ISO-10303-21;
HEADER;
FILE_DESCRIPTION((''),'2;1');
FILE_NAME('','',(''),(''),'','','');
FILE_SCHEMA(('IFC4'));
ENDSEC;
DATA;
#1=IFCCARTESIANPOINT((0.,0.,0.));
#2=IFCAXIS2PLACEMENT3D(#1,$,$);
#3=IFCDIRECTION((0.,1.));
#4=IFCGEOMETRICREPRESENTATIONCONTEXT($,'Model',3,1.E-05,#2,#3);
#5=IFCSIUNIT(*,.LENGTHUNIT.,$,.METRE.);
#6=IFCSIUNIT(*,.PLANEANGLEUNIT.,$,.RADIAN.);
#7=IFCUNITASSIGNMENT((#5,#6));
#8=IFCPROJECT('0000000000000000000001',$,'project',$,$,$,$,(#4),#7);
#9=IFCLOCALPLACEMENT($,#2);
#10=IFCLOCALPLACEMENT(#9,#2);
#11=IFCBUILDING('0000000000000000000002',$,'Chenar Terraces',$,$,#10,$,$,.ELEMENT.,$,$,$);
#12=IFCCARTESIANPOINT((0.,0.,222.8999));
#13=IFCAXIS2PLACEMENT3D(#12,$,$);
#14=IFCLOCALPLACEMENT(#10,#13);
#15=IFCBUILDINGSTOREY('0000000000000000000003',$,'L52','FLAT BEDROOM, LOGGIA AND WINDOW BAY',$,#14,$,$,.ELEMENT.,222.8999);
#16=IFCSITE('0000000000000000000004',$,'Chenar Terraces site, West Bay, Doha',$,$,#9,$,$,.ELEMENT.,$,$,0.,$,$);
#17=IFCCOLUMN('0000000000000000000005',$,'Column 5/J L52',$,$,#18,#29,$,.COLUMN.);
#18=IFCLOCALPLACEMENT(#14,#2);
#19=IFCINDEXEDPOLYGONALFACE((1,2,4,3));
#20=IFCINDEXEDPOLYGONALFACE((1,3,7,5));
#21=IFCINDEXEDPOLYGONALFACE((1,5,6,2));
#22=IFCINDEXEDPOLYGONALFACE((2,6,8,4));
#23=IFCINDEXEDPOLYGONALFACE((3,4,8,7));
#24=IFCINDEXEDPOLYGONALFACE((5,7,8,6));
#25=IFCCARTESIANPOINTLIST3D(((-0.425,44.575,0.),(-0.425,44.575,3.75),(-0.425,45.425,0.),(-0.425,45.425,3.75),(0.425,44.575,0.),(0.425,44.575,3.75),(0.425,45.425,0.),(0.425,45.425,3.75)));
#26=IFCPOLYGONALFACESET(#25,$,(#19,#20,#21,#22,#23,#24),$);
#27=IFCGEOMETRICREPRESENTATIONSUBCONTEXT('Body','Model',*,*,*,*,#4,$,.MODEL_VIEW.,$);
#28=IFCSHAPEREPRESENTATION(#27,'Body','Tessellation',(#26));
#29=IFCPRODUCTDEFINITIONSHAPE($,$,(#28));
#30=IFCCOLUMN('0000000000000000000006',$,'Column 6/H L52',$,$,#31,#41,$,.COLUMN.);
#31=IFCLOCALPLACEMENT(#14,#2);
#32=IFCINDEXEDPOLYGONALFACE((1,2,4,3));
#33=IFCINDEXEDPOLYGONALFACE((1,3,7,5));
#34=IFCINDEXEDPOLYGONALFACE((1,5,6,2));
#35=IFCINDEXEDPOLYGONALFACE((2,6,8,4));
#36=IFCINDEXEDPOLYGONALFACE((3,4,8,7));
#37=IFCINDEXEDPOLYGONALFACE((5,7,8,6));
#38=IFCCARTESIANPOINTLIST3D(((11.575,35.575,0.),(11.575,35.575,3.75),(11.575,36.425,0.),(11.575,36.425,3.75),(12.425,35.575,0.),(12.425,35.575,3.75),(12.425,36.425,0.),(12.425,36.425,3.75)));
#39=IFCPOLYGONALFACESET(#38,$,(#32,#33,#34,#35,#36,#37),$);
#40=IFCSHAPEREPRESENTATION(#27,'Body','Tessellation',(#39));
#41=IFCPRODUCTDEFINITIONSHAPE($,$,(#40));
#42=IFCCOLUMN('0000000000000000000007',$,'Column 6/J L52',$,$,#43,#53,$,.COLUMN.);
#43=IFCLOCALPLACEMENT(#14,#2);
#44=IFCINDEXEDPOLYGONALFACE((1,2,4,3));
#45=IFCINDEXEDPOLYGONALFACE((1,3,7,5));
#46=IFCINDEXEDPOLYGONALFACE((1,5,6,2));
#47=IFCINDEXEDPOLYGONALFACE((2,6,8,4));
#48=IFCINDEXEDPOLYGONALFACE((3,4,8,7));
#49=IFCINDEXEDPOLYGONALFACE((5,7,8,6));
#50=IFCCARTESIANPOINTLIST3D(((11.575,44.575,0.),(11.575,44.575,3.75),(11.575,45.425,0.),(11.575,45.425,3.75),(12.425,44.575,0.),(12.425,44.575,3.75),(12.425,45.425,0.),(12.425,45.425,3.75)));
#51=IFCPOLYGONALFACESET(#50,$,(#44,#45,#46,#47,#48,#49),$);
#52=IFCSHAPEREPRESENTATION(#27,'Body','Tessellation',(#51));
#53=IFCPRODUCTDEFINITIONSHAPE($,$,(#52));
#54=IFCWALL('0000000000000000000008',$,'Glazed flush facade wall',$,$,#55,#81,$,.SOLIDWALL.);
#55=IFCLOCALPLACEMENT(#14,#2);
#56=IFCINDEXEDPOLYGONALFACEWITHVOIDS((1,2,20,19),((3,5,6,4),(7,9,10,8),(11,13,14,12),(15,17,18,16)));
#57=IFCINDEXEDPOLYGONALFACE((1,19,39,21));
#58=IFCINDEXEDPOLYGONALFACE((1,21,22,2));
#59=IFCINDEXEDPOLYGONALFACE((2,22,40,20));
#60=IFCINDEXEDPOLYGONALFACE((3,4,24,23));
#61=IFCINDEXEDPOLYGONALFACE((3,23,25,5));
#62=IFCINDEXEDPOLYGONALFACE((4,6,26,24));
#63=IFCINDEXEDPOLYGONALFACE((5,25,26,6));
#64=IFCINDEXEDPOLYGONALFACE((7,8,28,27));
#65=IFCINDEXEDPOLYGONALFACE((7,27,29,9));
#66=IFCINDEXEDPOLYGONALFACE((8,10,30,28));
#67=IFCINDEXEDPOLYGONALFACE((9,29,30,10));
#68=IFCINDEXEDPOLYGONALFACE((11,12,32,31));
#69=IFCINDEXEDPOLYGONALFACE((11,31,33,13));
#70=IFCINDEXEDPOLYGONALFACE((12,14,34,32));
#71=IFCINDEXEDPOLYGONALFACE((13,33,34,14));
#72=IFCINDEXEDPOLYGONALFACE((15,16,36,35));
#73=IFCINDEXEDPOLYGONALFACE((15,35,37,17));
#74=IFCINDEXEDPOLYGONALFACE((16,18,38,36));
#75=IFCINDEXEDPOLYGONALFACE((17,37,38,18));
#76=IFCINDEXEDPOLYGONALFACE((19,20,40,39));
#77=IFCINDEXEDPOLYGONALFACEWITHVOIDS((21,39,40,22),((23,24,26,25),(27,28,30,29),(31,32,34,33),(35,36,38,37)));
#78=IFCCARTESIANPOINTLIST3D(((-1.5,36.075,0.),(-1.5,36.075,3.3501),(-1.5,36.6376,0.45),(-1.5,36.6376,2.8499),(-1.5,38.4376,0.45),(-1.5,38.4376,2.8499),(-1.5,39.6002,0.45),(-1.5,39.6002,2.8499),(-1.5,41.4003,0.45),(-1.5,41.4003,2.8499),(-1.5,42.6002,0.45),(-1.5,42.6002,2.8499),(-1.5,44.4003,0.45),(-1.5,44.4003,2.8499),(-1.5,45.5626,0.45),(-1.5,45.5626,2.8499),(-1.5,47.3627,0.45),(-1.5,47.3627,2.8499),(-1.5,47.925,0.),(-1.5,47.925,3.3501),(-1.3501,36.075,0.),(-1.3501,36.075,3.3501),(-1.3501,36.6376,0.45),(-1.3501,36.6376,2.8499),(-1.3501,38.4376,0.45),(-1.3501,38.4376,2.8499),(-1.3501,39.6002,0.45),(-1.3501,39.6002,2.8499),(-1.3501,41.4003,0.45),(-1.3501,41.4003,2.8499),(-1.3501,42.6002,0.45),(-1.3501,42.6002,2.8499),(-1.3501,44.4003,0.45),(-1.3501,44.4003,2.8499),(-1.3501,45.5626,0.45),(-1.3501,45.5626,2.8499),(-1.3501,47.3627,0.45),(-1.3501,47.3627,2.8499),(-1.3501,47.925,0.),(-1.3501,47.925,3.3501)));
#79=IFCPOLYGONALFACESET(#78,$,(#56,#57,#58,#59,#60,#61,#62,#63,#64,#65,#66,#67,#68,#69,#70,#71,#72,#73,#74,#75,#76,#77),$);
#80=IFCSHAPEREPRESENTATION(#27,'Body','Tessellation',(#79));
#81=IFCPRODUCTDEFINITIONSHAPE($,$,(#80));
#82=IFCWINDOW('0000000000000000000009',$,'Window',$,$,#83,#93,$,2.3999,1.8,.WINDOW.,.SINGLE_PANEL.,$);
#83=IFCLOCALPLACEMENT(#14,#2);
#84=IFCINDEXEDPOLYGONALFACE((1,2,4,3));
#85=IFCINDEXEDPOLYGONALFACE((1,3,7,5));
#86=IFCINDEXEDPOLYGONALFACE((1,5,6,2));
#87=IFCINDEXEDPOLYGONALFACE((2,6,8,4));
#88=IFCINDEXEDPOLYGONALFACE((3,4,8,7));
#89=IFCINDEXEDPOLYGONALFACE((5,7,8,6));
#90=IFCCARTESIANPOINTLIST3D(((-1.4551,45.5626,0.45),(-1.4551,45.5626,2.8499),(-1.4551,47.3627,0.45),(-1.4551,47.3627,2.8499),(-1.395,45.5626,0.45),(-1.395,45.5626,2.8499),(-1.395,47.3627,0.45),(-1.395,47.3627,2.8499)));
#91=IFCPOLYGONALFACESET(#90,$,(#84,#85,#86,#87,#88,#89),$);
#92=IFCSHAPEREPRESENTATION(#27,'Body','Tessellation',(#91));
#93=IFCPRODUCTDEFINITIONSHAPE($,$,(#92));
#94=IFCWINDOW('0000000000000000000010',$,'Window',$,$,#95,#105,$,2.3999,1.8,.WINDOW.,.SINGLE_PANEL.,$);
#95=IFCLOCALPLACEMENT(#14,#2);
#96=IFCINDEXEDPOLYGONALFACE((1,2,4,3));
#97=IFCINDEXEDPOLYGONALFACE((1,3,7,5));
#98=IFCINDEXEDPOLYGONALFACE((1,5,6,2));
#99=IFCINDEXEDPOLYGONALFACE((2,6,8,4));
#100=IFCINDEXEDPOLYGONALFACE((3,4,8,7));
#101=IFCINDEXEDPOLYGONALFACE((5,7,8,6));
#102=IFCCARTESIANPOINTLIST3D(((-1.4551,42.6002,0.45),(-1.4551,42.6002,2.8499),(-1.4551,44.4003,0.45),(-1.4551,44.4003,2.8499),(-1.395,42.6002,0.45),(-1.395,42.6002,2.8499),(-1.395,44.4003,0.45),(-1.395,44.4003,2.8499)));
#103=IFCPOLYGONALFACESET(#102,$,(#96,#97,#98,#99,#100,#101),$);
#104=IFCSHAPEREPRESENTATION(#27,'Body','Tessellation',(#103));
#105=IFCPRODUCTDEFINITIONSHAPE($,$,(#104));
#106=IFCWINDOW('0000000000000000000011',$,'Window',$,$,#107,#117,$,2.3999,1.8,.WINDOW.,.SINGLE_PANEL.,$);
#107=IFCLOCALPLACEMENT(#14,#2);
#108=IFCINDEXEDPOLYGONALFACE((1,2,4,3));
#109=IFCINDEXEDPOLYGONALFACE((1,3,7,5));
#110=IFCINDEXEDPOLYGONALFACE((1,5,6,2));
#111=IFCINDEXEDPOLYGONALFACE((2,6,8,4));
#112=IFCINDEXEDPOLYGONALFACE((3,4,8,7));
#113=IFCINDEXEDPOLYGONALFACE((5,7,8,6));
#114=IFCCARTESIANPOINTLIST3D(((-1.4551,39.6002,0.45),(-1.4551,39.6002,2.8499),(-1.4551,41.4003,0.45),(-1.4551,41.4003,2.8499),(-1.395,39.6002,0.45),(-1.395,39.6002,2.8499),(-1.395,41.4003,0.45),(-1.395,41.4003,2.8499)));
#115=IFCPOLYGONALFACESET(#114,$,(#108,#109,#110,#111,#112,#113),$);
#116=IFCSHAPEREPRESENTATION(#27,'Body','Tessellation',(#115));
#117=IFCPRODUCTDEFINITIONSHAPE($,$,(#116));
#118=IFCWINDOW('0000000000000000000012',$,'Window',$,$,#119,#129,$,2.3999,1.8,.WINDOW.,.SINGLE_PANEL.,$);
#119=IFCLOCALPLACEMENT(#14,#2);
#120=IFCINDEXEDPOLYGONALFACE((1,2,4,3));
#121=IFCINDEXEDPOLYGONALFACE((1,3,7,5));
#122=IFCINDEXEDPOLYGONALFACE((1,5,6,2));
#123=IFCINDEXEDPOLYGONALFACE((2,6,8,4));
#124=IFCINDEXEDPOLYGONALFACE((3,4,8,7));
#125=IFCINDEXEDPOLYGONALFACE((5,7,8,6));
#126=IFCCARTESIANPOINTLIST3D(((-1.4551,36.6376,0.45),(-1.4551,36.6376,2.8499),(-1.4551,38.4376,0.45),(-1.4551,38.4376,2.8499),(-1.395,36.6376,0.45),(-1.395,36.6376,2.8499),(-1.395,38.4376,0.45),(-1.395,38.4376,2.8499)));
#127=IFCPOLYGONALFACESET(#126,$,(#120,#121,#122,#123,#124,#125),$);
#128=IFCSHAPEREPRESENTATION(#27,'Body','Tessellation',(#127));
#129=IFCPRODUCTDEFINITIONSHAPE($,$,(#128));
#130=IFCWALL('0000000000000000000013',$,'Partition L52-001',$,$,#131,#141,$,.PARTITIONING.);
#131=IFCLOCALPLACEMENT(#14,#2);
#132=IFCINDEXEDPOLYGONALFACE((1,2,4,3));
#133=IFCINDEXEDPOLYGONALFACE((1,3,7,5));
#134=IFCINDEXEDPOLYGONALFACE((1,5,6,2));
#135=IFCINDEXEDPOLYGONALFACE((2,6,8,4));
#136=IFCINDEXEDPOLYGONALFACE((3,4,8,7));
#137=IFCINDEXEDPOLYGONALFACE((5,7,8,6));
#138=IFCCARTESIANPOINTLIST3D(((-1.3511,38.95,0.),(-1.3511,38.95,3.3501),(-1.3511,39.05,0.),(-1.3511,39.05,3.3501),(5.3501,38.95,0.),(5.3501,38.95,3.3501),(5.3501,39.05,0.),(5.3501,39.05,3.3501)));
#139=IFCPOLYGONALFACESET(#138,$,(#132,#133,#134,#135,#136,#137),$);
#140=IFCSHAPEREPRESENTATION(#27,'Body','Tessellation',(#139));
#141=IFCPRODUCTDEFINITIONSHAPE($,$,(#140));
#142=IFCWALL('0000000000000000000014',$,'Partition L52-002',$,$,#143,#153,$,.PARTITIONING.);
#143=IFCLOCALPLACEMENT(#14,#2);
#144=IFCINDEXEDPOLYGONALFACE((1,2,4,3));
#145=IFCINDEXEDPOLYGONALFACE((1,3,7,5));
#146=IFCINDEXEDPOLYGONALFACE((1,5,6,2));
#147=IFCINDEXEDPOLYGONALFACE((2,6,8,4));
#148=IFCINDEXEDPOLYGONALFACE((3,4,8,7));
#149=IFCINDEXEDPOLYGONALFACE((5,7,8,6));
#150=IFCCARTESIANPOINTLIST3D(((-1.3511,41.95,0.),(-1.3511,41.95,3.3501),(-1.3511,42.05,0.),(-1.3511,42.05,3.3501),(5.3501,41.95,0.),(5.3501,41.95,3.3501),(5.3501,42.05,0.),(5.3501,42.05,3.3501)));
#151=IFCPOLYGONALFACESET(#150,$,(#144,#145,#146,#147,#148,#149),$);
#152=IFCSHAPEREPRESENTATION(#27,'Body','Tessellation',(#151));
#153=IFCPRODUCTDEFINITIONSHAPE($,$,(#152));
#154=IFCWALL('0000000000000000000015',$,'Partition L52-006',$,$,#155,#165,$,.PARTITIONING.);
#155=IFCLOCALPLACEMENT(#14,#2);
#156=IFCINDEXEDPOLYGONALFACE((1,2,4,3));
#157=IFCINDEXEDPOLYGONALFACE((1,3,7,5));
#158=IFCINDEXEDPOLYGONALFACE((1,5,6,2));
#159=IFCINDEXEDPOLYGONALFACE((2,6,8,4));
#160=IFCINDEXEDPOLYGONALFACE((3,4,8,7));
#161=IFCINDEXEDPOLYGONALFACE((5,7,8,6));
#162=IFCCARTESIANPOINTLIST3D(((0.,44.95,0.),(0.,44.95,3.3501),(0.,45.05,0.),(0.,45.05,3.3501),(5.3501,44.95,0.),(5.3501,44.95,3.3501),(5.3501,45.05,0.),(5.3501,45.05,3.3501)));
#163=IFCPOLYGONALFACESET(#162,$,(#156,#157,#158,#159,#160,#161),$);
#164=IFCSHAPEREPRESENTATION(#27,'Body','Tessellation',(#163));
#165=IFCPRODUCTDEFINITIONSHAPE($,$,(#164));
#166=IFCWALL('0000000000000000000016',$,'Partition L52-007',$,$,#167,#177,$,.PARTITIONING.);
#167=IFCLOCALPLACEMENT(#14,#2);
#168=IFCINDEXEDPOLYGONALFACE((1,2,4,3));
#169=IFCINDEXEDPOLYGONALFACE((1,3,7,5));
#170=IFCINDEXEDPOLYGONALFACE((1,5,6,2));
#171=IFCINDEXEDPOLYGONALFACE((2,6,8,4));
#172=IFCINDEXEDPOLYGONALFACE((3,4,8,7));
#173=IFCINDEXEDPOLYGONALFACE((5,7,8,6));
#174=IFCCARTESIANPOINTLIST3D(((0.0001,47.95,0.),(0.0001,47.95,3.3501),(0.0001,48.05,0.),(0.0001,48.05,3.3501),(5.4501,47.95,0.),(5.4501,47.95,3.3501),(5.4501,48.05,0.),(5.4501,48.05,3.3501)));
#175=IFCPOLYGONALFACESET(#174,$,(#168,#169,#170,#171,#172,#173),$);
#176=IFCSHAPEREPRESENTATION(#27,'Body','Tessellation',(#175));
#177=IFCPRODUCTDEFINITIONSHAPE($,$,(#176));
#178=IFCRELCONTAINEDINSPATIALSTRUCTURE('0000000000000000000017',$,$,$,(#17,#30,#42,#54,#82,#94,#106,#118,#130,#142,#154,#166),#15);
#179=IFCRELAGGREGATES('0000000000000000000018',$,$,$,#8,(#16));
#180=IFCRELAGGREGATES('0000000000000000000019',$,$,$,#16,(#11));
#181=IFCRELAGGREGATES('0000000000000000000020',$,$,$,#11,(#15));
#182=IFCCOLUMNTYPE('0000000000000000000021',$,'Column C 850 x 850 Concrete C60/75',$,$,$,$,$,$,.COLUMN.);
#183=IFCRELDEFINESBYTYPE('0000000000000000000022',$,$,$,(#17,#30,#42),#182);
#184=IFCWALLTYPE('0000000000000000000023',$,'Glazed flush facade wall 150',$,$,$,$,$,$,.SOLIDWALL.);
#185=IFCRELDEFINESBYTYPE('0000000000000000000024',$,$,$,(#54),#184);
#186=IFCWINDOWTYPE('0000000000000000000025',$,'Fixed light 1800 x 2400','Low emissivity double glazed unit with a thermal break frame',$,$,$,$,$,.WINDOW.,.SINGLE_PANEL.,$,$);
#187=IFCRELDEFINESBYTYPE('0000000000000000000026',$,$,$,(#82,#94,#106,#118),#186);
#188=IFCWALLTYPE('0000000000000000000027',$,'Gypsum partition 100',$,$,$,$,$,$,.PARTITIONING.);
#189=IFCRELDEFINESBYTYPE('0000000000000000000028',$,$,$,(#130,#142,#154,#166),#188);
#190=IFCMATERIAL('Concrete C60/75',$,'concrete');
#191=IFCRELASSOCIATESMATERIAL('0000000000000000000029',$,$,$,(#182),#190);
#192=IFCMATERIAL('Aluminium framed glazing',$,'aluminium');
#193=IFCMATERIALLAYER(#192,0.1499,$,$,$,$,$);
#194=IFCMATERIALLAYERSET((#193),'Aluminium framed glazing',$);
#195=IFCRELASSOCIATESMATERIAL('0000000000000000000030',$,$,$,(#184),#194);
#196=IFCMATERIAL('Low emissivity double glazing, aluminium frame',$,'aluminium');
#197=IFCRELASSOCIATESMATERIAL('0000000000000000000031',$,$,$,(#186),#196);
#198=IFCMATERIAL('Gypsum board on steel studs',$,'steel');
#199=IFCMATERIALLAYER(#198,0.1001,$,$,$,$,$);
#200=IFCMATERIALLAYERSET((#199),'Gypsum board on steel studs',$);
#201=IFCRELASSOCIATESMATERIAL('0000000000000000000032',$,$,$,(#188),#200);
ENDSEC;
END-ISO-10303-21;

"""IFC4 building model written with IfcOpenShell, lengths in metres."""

from ifc_helpers import new_model, si_unit, direction, frame, frame_2d, origin, origin_2d, place, context, subcontext, project, spatial, rectangle, extrude, material, layer, layer_set, material_profile, profile_set, type_object, element, fill, save


model = new_model("IFC4")

# Units and contexts
model_context = context("Model", 3, precision=1e-05, world=origin(), true_north=direction((0.0, 1.0)))
body_context = subcontext(model_context, "Body", "Model", "MODEL_VIEW")
ifc_project = project(units=[si_unit("LENGTHUNIT", "METRE"), si_unit("PLANEANGLEUNIT", "RADIAN")], contexts=[model_context])

# Site, building, storey
site_placement = place(None, origin())
site = spatial("IfcSite", under=ifc_project, at=site_placement, Name="Chenar Terraces site, West Bay, Doha", CompositionType="ELEMENT", RefElevation=0.0)
building_placement = place(site_placement, origin())
building = spatial("IfcBuilding", under=site, at=building_placement, Name="Chenar Terraces", CompositionType="ELEMENT")
storey_placement = place(building_placement, frame((0.0, 0.0, 222.8999)))
storey = spatial("IfcBuildingStorey", under=building, at=storey_placement, Name="L52", Description="FLAT BEDROOM, LOGGIA AND WINDOW BAY", CompositionType="ELEMENT", Elevation=222.8999)

# Columns
ifc_material_1 = material(Name="Concrete C60/75", Category="concrete")
ifc_material_profile = material_profile(ifc_material_1, rectangle(XDim=0.8501, YDim=0.8501, at=origin_2d()), Name="C 850 x 850")
ifc_profile_set = profile_set([ifc_material_profile], Name="Concrete C60/75")
column_type = type_object("IfcColumnType", Name="Column C 850 x 850 Concrete C60/75", PredefinedType="COLUMN", material=ifc_profile_set)
placement = place(storey_placement, frame((0.0, 45.0, 0.0), z_axis=(0.0, 0.0, 1.0), x_axis=(1.0, 0.0, 0.0)))
element("IfcColumn", 1, at=placement, inside=storey, type_object=column_type, Name="Column 5/J L52", PredefinedType="COLUMN", context=body_context, shape_type="SweptSolid", body=[
    extrude(rectangle(XDim=0.8501, YDim=0.8501, at=origin_2d()), origin(), (0.0, 0.0, 1.0), 3.75),
])
for number, where, z_axis, x_axis, name in (
    (2, (12.0, 36.0, 0.0), (0.0, 0.0, 1.0), (1.0, 0.0, 0.0), "Column 6/H L52"),
    (3, (12.0, 45.0, 0.0), (0.0, 0.0, 1.0), (1.0, 0.0, 0.0), "Column 6/J L52"),
):
    element("IfcColumn", number, at=place(storey_placement, frame(where, z_axis=z_axis, x_axis=x_axis)), inside=storey, type_object=column_type, Name=name, PredefinedType="COLUMN", context=body_context, shape_type="SweptSolid", body=[
        extrude(rectangle(XDim=0.8501, YDim=0.8501, at=origin_2d()), origin(), (0.0, 0.0, 1.0), 3.75),
    ])

# Wall, openings, windows
ifc_material_2 = material(Name="Aluminium framed glazing", Category="aluminium")
ifc_layer_1 = layer(ifc_material_2, 0.1499)
ifc_layer_set_1 = layer_set([ifc_layer_1], Name="Aluminium framed glazing")
wall_type_1 = type_object("IfcWallType", Name="Glazed flush facade wall 150", PredefinedType="SOLIDWALL", material=ifc_layer_set_1)
wall_1_placement = place(storey_placement, frame((-1.425, 47.925, 0.0), z_axis=(0.0, 0.0, 1.0), x_axis=(0.0, -1.0, 0.0)))
wall_1 = element("IfcWall", 4, at=wall_1_placement, inside=storey, type_object=wall_type_1, Name="Glazed flush facade wall", PredefinedType="SOLIDWALL", context=body_context, shape_type="SweptSolid", body=[
    extrude(rectangle(XDim=11.8501, YDim=0.1499, at=frame_2d((5.925, 0.0))), origin(), (0.0, 0.0, 1.0), 3.3501),
])
opening_1_placement = place(wall_1_placement, frame((0.5625, 0.0, 0.45)))
opening_1 = element("IfcOpeningElement", 5, at=opening_1_placement, cuts=wall_1, PredefinedType="OPENING", context=body_context, shape_type="SweptSolid", body=[
    extrude(rectangle(XDim=1.8, YDim=2.3999, at=frame_2d((0.8999, 1.2))), frame((0.0, 0.085, 0.0), z_axis=(0.0, -1.0, 0.0), x_axis=(1.0, 0.0, 0.0)), (0.0, 0.0, 1.0), 0.1699),
])
opening_2_placement = place(wall_1_placement, frame((3.5249, 0.0, 0.45)))
opening_2 = element("IfcOpeningElement", 6, at=opening_2_placement, cuts=wall_1, PredefinedType="OPENING", context=body_context, shape_type="SweptSolid", body=[
    extrude(rectangle(XDim=1.8, YDim=2.3999, at=frame_2d((0.8999, 1.2))), frame((0.0, 0.085, 0.0), z_axis=(0.0, -1.0, 0.0), x_axis=(1.0, 0.0, 0.0)), (0.0, 0.0, 1.0), 0.1699),
])
opening_3_placement = place(wall_1_placement, frame((6.5249, 0.0, 0.45)))
opening_3 = element("IfcOpeningElement", 7, at=opening_3_placement, cuts=wall_1, PredefinedType="OPENING", context=body_context, shape_type="SweptSolid", body=[
    extrude(rectangle(XDim=1.8, YDim=2.3999, at=frame_2d((0.8999, 1.2))), frame((0.0, 0.085, 0.0), z_axis=(0.0, -1.0, 0.0), x_axis=(1.0, 0.0, 0.0)), (0.0, 0.0, 1.0), 0.1699),
])
opening_4_placement = place(wall_1_placement, frame((9.4875, 0.0, 0.45)))
opening_4 = element("IfcOpeningElement", 8, at=opening_4_placement, cuts=wall_1, PredefinedType="OPENING", context=body_context, shape_type="SweptSolid", body=[
    extrude(rectangle(XDim=1.8, YDim=2.3999, at=frame_2d((0.8999, 1.2))), frame((0.0, 0.085, 0.0), z_axis=(0.0, -1.0, 0.0), x_axis=(1.0, 0.0, 0.0)), (0.0, 0.0, 1.0), 0.1699),
])
ifc_material_3 = material(Name="Low emissivity double glazing, aluminium frame", Category="aluminium")
window_type = type_object("IfcWindowType", Name="Fixed light 1800 x 2400", Description="Low emissivity double glazed unit with a thermal break frame", PartitioningType="SINGLE_PANEL", PredefinedType="WINDOW", material=ifc_material_3)
window_1_placement = place(opening_1_placement, origin())
window_1 = element("IfcWindow", 9, at=window_1_placement, inside=storey, type_object=window_type, Name="Window", OverallHeight=2.3999, OverallWidth=1.8, PartitioningType="SINGLE_PANEL", PredefinedType="WINDOW", context=body_context, shape_type="SweptSolid", body=[
    extrude(rectangle(XDim=1.8, YDim=2.3999, at=frame_2d((0.8999, 1.2))), frame((0.0, 0.03, 0.0), z_axis=(0.0, -1.0, 0.0), x_axis=(1.0, 0.0, 0.0)), (0.0, 0.0, 1.0), 0.0601),
])
fill(opening_1, window_1)
window_2_placement = place(opening_2_placement, origin())
window_2 = element("IfcWindow", 10, at=window_2_placement, inside=storey, type_object=window_type, Name="Window", OverallHeight=2.3999, OverallWidth=1.8, PartitioningType="SINGLE_PANEL", PredefinedType="WINDOW", context=body_context, shape_type="SweptSolid", body=[
    extrude(rectangle(XDim=1.8, YDim=2.3999, at=frame_2d((0.8999, 1.2))), frame((0.0, 0.03, 0.0), z_axis=(0.0, -1.0, 0.0), x_axis=(1.0, 0.0, 0.0)), (0.0, 0.0, 1.0), 0.0601),
])
fill(opening_2, window_2)
window_3_placement = place(opening_3_placement, origin())
window_3 = element("IfcWindow", 11, at=window_3_placement, inside=storey, type_object=window_type, Name="Window", OverallHeight=2.3999, OverallWidth=1.8, PartitioningType="SINGLE_PANEL", PredefinedType="WINDOW", context=body_context, shape_type="SweptSolid", body=[
    extrude(rectangle(XDim=1.8, YDim=2.3999, at=frame_2d((0.8999, 1.2))), frame((0.0, 0.03, 0.0), z_axis=(0.0, -1.0, 0.0), x_axis=(1.0, 0.0, 0.0)), (0.0, 0.0, 1.0), 0.0601),
])
fill(opening_3, window_3)
window_4_placement = place(opening_4_placement, origin())
window_4 = element("IfcWindow", 12, at=window_4_placement, inside=storey, type_object=window_type, Name="Window", OverallHeight=2.3999, OverallWidth=1.8, PartitioningType="SINGLE_PANEL", PredefinedType="WINDOW", context=body_context, shape_type="SweptSolid", body=[
    extrude(rectangle(XDim=1.8, YDim=2.3999, at=frame_2d((0.8999, 1.2))), frame((0.0, 0.03, 0.0), z_axis=(0.0, -1.0, 0.0), x_axis=(1.0, 0.0, 0.0)), (0.0, 0.0, 1.0), 0.0601),
])
fill(opening_4, window_4)

# Walls
ifc_material_4 = material(Name="Gypsum board on steel studs", Category="steel")
ifc_layer_2 = layer(ifc_material_4, 0.1001)
ifc_layer_set_2 = layer_set([ifc_layer_2], Name="Gypsum board on steel studs")
wall_type_2 = type_object("IfcWallType", Name="Gypsum partition 100", PredefinedType="PARTITIONING", material=ifc_layer_set_2)
for number, where, z_axis, x_axis, name in (
    (13, (-1.3511, 39.0, 0.0), (0.0, 0.0, 1.0), (1.0, 0.0, 0.0), "Partition L52-001"),
    (14, (-1.3511, 42.0, 0.0), (0.0, 0.0, 1.0), (1.0, 0.0, 0.0), "Partition L52-002"),
):
    element("IfcWall", number, at=place(storey_placement, frame(where, z_axis=z_axis, x_axis=x_axis)), inside=storey, type_object=wall_type_2, Name=name, PredefinedType="PARTITIONING", context=body_context, shape_type="SweptSolid", body=[
        extrude(rectangle(XDim=6.7012, YDim=0.1001, at=frame_2d((3.3506, 0.0))), origin(), (0.0, 0.0, 1.0), 3.3501),
    ])
element("IfcWall", 15, at=placement, inside=storey, type_object=wall_type_2, Name="Partition L52-006", PredefinedType="PARTITIONING", context=body_context, shape_type="SweptSolid", body=[
    extrude(rectangle(XDim=5.3501, YDim=0.1001, at=frame_2d((2.675, 0.0))), origin(), (0.0, 0.0, 1.0), 3.3501),
])
wall_2_placement = place(storey_placement, frame((0.0, 48.0, 0.0), z_axis=(0.0, 0.0, 1.0), x_axis=(1.0, 0.0, 0.0)))
element("IfcWall", 16, at=wall_2_placement, inside=storey, type_object=wall_type_2, Name="Partition L52-007", PredefinedType="PARTITIONING", context=body_context, shape_type="SweptSolid", body=[
    extrude(rectangle(XDim=5.45, YDim=0.1001, at=frame_2d((2.7251, 0.0))), origin(), (0.0, 0.0, 1.0), 3.3501),
])

save(model, "model.ifc")
